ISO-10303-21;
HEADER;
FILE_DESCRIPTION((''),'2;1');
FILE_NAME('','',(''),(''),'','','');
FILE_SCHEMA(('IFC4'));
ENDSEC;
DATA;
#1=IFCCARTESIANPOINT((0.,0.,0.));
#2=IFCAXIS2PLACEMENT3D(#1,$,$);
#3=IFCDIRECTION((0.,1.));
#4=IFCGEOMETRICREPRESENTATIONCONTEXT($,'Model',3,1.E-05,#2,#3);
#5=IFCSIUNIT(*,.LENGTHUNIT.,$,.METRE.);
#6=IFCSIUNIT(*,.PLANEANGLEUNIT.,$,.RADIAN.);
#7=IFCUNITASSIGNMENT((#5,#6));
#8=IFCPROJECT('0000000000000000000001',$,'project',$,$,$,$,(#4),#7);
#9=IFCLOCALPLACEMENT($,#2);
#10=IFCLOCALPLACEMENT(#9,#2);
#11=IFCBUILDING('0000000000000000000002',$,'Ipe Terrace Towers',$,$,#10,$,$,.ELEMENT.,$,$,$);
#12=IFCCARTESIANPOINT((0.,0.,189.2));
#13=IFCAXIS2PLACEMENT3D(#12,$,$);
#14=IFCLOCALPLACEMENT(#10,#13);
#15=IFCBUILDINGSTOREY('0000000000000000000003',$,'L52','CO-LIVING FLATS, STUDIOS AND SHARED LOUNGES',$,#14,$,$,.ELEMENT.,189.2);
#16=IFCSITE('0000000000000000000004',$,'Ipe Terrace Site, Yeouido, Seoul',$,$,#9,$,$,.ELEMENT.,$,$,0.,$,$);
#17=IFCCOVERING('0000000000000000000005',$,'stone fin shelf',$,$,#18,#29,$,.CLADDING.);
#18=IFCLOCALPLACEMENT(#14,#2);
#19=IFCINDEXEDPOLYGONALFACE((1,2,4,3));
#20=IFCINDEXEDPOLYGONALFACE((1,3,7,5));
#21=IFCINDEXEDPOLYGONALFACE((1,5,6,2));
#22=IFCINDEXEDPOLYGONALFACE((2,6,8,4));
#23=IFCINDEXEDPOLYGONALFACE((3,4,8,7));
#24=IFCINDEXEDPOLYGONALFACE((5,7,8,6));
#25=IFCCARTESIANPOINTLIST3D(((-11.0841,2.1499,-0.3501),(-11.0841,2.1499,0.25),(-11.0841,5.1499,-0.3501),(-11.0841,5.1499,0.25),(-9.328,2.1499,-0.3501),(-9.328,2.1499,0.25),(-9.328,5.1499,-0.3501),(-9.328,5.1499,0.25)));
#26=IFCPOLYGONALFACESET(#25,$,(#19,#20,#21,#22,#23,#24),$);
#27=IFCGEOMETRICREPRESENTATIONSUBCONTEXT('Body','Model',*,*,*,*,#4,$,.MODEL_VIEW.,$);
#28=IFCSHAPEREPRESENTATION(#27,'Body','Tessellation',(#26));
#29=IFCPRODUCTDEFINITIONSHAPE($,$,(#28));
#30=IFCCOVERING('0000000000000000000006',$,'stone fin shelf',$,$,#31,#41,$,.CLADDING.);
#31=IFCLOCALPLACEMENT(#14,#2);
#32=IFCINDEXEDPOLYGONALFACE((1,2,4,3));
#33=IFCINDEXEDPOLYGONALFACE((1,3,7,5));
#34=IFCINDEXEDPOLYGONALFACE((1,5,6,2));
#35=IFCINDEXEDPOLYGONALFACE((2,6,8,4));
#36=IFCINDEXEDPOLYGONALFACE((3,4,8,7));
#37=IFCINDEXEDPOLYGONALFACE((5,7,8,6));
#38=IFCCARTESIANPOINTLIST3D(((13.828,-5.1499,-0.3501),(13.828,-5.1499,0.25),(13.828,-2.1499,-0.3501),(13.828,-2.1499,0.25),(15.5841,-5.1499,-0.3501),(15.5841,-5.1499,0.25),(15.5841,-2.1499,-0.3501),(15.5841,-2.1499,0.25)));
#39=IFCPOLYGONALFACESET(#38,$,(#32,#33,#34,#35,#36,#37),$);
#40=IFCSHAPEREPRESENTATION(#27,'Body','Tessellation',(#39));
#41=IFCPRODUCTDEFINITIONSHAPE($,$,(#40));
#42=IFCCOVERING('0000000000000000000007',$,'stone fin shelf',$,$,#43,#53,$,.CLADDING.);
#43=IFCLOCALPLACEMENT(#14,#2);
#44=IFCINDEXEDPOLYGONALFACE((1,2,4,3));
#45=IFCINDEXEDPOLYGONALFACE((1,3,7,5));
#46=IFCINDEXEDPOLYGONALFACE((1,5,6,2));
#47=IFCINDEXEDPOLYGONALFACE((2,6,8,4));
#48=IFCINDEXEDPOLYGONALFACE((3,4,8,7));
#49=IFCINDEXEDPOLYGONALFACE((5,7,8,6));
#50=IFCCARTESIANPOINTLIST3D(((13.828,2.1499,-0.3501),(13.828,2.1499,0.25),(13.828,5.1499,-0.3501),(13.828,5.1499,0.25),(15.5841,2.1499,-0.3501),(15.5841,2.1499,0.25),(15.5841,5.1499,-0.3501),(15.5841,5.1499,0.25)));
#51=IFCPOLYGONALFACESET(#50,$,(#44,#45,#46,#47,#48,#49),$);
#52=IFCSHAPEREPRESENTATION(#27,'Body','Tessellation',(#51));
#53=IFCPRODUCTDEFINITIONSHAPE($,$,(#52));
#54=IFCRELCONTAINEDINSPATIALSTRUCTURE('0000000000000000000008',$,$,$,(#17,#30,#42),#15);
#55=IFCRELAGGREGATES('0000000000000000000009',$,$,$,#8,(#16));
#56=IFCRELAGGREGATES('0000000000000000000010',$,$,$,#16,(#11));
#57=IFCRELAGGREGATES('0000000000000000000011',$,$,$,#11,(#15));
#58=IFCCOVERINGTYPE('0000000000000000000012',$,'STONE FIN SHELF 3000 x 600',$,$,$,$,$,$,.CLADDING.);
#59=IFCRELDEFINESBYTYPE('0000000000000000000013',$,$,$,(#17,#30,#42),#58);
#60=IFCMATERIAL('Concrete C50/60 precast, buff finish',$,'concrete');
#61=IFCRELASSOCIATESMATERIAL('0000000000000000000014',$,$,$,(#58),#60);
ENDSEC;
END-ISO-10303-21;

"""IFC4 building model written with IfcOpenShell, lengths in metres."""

from ifc_helpers import new_model, si_unit, direction, frame, origin, origin_2d, place, context, subcontext, project, spatial, rectangle, extrude, material, type_object, element, save


model = new_model("IFC4")

# Units and contexts
model_context = context("Model", 3, precision=1e-05, world=origin(), true_north=direction((0.0, 1.0)))
body_context = subcontext(model_context, "Body", "Model", "MODEL_VIEW")
ifc_project = project(units=[si_unit("LENGTHUNIT", "METRE"), si_unit("PLANEANGLEUNIT", "RADIAN")], contexts=[model_context])

# Site, building, storey
site_placement = place(None, origin())
site = spatial("IfcSite", under=ifc_project, at=site_placement, Name="Ipe Terrace Site, Yeouido, Seoul", CompositionType="ELEMENT", RefElevation=0.0)
building_placement = place(site_placement, origin())
building = spatial("IfcBuilding", under=site, at=building_placement, Name="Ipe Terrace Towers", CompositionType="ELEMENT")
storey_placement = place(building_placement, frame((0.0, 0.0, 189.2)))
storey = spatial("IfcBuildingStorey", under=building, at=storey_placement, Name="L52", Description="CO-LIVING FLATS, STUDIOS AND SHARED LOUNGES", CompositionType="ELEMENT", Elevation=189.2)

# Coverings
ifc_material_1 = material(Name="Concrete C50/60 precast, buff finish", Category="concrete")
covering_type_1 = type_object("IfcCoveringType", Name="STONE FIN SHELF 3000 x 600", PredefinedType="CLADDING", material=ifc_material_1)
for number, where, z_axis, x_axis, name in (
    (1, (-10.2061, 3.6499, -0.3501), (0.0, 0.0, 1.0), (0.0, 1.0, 0.0), "stone fin shelf"),
    (2, (14.7061, -3.6499, -0.3501), (0.0, 0.0, 1.0), (0.0, -1.0, 0.0), "stone fin shelf"),
    (3, (14.7061, 3.6499, -0.3501), (0.0, 0.0, 1.0), (0.0, -1.0, 0.0), "stone fin shelf"),
):
    element("IfcCovering", number, at=place(storey_placement, frame(where, z_axis=z_axis, x_axis=x_axis)), inside=storey, type_object=covering_type_1, Name=name, PredefinedType="CLADDING", context=body_context, shape_type="SweptSolid", body=[
        extrude(rectangle(XDim=3.0, YDim=1.7561, at=origin_2d()), origin(), (0.0, 0.0, 1.0), 0.6001),
    ])

save(model, "model.ifc")
